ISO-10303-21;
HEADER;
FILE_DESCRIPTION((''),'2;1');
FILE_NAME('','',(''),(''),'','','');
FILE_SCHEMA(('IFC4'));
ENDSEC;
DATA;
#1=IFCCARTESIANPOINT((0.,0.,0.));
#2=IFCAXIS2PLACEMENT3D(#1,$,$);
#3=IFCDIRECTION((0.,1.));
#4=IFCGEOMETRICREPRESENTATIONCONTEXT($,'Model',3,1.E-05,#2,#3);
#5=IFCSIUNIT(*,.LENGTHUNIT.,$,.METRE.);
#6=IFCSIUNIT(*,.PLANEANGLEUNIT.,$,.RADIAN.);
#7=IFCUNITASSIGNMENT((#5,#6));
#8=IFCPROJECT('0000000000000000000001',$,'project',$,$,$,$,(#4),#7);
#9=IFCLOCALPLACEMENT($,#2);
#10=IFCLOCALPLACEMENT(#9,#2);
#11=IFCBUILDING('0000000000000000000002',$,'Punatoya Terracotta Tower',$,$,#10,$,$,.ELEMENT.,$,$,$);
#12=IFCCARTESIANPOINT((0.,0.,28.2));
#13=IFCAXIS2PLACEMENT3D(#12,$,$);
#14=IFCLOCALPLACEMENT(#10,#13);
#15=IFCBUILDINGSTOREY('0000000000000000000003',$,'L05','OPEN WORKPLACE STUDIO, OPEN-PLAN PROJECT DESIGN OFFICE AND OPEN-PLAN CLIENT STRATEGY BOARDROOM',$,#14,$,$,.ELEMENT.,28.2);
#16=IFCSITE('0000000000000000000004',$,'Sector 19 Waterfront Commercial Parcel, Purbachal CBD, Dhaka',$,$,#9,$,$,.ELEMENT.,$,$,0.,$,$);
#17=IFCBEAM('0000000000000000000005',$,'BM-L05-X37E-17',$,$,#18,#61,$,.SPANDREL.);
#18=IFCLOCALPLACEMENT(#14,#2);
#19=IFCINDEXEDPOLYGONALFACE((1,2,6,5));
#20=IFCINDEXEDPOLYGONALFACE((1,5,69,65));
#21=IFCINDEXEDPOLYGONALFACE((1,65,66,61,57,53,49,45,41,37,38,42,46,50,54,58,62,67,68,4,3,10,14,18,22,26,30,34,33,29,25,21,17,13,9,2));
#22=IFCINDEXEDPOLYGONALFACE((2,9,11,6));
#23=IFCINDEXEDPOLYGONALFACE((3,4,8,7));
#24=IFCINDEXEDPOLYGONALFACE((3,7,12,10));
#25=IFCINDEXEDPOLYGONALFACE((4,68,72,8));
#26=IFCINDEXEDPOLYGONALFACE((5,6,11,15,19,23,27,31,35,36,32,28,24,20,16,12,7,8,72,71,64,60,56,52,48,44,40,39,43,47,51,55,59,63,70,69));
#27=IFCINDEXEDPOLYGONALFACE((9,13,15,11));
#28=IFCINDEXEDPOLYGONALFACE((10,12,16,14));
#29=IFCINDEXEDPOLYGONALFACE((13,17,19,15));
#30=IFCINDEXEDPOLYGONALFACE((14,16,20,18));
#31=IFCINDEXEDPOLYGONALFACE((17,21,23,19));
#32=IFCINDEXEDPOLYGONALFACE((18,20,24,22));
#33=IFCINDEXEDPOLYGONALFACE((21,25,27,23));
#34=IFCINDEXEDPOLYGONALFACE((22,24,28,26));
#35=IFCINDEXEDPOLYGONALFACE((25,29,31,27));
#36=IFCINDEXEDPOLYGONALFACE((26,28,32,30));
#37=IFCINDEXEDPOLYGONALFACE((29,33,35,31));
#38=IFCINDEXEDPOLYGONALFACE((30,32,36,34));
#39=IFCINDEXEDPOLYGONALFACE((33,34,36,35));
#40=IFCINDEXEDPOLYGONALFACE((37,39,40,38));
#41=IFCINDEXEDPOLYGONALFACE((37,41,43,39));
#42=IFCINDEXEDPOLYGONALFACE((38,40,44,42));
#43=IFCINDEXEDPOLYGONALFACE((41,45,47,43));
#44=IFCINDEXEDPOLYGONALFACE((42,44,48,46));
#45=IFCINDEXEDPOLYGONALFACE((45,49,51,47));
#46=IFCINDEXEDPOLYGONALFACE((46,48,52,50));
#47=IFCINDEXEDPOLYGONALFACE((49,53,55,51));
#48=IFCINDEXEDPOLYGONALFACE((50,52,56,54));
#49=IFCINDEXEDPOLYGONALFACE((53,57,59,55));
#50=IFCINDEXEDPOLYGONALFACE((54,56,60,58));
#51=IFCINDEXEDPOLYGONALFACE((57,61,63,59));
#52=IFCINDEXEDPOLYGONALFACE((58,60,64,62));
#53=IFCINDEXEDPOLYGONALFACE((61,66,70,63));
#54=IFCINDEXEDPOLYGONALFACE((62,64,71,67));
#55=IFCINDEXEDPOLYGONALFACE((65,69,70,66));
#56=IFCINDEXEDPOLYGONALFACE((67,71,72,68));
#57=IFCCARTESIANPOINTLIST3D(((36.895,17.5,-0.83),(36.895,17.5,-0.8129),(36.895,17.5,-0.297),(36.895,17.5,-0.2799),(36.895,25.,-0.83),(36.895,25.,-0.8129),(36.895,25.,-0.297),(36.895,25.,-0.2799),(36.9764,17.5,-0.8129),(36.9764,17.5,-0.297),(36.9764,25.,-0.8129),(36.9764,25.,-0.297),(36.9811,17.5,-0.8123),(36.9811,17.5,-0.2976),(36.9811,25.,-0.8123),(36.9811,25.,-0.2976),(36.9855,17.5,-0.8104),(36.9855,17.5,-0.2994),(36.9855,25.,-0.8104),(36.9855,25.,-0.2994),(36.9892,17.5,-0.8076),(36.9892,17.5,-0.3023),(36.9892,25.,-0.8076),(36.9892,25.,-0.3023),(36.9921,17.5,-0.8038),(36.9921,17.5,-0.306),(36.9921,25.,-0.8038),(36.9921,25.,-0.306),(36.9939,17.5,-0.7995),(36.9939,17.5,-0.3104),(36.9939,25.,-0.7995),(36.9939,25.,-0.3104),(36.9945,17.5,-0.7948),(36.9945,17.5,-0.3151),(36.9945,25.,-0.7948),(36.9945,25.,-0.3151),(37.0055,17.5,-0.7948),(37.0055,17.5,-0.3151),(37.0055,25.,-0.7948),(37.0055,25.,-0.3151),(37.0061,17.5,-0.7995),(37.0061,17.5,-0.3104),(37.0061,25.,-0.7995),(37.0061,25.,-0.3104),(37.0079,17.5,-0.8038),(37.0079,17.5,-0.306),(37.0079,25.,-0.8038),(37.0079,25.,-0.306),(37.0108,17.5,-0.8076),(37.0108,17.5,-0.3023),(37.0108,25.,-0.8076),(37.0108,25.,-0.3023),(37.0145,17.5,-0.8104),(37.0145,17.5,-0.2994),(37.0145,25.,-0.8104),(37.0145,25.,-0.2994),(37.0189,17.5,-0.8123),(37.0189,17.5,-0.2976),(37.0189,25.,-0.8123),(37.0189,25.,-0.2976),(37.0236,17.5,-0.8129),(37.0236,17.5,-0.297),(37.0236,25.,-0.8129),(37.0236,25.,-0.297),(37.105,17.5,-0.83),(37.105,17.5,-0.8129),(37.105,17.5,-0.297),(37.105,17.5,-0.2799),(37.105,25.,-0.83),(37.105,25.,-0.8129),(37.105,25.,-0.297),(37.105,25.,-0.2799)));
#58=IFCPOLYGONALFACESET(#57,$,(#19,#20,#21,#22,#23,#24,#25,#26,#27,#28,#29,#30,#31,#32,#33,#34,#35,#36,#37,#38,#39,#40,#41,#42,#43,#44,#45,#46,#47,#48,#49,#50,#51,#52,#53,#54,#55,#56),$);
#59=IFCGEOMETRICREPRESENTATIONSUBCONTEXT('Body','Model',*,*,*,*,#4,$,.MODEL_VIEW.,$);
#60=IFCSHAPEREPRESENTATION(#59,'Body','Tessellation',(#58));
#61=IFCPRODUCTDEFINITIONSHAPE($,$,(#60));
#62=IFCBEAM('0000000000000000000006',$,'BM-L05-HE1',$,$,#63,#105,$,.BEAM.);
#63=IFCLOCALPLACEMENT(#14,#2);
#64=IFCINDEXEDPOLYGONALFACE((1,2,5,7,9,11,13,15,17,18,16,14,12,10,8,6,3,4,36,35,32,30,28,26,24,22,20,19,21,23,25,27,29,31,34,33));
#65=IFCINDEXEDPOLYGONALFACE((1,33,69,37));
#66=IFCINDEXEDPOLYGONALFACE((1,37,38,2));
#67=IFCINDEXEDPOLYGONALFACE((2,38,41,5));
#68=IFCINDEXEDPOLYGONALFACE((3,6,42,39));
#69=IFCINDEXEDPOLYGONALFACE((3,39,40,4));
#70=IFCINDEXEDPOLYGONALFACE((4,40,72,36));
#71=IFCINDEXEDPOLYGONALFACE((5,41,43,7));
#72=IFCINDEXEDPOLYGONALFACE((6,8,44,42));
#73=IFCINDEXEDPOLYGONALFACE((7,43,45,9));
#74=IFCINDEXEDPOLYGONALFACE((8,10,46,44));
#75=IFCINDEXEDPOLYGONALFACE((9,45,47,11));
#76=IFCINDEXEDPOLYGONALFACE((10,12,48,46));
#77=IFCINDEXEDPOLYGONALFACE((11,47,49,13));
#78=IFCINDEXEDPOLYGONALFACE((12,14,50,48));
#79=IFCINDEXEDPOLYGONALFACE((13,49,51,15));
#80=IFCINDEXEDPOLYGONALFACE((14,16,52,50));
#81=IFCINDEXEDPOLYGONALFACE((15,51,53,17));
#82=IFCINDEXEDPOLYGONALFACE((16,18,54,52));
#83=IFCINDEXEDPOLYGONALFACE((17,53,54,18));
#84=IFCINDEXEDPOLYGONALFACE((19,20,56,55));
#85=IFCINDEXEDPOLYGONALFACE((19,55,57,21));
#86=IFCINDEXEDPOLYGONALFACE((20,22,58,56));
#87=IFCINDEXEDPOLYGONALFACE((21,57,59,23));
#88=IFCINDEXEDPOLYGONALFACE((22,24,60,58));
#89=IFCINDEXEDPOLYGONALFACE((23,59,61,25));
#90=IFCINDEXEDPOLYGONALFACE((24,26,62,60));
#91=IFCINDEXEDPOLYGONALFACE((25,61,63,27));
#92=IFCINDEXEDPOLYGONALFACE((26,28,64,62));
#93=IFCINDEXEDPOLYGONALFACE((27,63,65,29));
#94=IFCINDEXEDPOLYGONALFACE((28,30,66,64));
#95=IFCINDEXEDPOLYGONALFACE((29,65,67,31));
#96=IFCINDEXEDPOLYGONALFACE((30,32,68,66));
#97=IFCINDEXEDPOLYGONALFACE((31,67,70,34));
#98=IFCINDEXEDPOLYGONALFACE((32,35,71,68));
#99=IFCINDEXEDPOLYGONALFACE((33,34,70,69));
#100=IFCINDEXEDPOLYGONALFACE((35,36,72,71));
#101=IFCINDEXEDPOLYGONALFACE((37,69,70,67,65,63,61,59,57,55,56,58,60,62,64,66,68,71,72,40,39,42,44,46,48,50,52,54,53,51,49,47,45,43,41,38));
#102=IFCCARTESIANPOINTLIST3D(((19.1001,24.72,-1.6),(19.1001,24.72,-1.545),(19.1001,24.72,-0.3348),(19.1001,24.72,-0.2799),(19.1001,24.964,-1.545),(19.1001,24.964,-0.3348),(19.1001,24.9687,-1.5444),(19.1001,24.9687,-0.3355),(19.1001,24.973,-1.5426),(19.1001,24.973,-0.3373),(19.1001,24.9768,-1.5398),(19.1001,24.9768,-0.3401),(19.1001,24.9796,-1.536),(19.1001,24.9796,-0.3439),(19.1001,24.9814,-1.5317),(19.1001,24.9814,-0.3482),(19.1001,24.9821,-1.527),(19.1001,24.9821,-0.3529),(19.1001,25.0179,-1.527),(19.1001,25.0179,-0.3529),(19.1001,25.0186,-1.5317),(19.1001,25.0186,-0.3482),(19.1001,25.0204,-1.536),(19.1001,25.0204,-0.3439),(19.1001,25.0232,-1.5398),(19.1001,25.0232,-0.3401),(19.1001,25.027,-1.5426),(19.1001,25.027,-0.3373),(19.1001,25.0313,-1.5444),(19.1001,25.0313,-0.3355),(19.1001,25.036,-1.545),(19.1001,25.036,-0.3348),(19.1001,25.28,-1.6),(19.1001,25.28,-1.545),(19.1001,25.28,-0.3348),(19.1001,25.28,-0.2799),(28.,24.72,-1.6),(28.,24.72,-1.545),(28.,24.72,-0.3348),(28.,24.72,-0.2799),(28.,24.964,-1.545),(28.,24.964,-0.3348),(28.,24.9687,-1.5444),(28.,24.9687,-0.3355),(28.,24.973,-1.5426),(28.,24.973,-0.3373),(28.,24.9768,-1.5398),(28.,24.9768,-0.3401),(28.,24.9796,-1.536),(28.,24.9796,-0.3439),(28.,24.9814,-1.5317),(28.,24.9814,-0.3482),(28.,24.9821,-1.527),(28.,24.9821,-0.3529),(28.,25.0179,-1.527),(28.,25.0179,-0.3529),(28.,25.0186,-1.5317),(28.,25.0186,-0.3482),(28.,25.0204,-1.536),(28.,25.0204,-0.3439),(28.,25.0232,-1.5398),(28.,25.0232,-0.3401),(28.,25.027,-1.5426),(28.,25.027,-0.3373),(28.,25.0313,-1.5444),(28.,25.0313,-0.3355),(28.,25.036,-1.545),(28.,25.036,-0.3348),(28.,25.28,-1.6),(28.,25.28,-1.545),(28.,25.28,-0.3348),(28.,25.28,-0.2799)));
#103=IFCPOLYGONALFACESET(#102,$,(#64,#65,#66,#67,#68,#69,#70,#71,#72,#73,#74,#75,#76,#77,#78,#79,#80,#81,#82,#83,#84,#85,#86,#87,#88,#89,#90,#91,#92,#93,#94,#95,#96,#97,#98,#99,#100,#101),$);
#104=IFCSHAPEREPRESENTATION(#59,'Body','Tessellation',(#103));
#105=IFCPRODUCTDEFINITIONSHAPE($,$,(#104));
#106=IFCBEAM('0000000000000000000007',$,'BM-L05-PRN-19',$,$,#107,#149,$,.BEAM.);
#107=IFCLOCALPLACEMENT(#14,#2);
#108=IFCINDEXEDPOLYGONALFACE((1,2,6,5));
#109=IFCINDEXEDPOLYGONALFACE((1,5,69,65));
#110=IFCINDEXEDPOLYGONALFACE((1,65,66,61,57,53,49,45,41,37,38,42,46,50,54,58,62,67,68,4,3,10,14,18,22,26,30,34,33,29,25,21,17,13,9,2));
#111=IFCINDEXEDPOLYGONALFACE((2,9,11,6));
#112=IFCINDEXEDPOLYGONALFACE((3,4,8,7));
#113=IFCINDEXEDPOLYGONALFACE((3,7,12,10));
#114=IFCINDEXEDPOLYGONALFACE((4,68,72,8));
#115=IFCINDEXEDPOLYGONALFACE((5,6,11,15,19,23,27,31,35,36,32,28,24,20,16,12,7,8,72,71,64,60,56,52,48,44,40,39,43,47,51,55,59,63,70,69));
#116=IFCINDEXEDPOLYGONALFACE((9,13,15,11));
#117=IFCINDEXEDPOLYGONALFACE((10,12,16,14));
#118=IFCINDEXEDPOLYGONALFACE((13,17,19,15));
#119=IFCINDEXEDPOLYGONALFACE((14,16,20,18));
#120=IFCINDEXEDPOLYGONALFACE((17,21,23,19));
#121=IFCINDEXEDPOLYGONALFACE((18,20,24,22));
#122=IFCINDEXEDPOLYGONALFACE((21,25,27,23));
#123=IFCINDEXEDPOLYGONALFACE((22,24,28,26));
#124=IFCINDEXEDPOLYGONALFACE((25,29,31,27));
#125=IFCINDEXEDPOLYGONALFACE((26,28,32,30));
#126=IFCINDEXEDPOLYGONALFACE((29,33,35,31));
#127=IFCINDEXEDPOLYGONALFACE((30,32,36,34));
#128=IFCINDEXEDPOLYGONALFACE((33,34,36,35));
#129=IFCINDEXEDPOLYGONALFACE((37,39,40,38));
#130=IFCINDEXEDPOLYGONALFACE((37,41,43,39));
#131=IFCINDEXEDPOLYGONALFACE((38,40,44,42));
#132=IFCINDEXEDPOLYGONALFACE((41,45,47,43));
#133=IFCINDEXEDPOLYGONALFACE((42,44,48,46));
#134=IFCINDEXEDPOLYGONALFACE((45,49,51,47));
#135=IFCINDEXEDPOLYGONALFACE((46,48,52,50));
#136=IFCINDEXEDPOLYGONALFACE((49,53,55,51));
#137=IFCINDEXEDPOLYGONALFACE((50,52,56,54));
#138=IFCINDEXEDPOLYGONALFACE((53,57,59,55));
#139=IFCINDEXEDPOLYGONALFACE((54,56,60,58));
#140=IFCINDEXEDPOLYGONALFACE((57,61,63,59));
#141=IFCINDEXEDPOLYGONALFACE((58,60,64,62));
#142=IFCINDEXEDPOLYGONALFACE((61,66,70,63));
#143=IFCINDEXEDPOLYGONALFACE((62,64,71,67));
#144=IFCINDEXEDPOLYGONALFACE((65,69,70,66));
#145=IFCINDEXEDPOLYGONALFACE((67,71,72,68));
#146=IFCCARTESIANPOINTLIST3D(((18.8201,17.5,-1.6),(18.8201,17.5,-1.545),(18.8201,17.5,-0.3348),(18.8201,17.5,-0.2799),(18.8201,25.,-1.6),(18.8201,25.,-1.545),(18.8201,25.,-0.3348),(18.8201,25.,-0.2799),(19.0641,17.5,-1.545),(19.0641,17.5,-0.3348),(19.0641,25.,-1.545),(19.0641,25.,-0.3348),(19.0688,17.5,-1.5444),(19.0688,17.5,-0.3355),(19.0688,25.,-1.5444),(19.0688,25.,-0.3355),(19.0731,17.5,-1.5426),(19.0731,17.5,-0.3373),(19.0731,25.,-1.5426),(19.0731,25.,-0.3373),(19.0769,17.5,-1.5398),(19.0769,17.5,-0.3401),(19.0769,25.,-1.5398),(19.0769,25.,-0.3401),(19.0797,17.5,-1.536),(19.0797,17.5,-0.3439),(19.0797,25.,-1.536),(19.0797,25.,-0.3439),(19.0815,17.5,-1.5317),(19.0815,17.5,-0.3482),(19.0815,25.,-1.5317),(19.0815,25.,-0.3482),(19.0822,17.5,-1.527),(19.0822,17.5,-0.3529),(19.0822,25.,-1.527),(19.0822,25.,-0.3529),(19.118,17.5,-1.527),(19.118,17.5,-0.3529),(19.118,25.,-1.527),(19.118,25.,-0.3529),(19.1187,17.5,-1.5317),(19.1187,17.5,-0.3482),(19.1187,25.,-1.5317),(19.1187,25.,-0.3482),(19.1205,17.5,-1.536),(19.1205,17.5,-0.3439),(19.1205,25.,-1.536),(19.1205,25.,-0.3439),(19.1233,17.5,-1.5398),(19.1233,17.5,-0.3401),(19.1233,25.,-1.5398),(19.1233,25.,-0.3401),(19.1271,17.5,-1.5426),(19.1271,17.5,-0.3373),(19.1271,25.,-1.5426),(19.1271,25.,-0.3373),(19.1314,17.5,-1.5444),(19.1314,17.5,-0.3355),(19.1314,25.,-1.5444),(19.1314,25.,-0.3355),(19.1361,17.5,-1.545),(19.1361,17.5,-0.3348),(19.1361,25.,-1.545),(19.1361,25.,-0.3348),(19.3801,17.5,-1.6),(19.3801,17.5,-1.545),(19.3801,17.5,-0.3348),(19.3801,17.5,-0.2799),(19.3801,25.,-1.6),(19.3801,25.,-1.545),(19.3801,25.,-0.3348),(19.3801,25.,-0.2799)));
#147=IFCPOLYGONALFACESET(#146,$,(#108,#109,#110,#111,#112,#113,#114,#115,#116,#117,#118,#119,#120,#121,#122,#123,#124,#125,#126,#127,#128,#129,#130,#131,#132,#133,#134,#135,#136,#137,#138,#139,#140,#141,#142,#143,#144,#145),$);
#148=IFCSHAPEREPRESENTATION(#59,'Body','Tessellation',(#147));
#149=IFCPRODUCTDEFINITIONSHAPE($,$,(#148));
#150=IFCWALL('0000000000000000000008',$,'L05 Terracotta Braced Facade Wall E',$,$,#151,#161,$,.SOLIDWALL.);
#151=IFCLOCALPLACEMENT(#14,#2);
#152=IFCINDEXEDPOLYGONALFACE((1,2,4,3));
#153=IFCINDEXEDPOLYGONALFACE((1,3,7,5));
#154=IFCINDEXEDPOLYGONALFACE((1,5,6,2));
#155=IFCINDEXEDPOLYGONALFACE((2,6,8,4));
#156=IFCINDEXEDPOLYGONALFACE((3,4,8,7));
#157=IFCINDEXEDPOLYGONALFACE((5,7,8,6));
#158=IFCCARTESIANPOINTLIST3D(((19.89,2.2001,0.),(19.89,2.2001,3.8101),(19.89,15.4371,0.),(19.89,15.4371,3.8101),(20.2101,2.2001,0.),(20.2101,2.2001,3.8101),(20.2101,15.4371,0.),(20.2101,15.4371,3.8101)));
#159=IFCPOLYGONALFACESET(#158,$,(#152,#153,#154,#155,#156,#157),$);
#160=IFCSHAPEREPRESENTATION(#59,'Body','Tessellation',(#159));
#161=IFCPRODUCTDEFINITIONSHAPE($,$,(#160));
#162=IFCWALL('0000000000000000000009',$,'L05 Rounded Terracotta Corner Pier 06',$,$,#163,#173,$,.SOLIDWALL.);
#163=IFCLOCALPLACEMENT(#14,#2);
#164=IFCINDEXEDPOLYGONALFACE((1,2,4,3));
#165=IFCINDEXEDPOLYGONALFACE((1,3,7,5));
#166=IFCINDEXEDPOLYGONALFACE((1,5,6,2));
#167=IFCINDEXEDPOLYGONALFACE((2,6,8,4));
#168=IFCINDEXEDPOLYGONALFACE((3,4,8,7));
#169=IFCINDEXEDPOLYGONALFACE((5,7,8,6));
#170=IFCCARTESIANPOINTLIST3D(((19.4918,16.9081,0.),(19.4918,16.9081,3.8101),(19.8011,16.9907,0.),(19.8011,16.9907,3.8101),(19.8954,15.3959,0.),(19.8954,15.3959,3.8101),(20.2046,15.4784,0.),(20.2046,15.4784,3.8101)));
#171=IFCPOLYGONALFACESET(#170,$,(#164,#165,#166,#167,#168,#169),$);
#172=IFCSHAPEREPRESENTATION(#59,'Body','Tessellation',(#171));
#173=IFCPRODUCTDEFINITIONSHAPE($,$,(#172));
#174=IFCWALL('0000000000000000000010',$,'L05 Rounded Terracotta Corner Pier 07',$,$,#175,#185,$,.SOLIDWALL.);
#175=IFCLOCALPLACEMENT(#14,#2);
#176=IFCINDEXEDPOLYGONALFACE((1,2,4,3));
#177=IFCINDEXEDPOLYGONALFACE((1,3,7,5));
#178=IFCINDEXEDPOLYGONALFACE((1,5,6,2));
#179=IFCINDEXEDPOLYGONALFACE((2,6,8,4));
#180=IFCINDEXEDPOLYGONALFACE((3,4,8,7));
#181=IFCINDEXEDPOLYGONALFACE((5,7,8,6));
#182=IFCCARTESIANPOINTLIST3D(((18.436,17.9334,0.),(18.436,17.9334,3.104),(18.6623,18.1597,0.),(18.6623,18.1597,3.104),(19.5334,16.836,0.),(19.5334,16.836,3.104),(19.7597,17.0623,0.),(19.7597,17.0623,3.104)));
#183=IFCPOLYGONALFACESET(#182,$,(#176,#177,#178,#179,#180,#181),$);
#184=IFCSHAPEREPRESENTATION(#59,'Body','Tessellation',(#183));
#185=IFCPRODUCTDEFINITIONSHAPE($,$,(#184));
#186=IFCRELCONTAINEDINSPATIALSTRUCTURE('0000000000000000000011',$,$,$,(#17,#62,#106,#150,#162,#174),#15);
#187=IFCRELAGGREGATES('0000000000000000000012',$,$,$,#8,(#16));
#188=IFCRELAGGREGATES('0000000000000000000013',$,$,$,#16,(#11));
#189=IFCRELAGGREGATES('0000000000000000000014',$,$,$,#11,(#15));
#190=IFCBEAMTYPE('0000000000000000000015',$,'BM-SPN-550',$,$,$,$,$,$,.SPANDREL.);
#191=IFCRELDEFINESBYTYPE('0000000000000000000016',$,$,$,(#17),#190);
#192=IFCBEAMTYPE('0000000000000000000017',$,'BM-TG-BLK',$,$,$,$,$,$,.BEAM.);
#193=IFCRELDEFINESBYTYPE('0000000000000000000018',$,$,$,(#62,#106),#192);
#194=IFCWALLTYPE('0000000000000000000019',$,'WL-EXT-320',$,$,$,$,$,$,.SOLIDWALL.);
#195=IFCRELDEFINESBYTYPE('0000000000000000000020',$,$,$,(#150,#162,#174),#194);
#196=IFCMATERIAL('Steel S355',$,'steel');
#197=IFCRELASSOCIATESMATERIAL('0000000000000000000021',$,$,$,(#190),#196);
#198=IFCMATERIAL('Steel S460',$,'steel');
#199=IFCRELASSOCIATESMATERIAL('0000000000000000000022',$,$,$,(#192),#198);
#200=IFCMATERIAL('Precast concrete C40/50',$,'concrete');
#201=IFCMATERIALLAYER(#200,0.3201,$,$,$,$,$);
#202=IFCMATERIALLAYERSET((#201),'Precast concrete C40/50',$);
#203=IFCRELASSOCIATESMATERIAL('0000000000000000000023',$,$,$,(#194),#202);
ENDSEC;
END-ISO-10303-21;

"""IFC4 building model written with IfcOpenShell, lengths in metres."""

from ifc_helpers import new_model, si_unit, direction, frame, frame_2d, origin, origin_2d, place, context, subcontext, project, spatial, rectangle, i_section, extrude, material, layer, layer_set, material_profile, profile_set, type_object, element, save


model = new_model("IFC4")

# Units and contexts
model_context = context("Model", 3, precision=1e-05, world=origin(), true_north=direction((0.0, 1.0)))
body_context = subcontext(model_context, "Body", "Model", "MODEL_VIEW")
ifc_project = project(units=[si_unit("LENGTHUNIT", "METRE"), si_unit("PLANEANGLEUNIT", "RADIAN")], contexts=[model_context])

# Site, building, storey
site_placement = place(None, origin())
site = spatial("IfcSite", under=ifc_project, at=site_placement, Name="Sector 19 Waterfront Commercial Parcel, Purbachal CBD, Dhaka", CompositionType="ELEMENT", RefElevation=0.0)
building_placement = place(site_placement, origin())
building = spatial("IfcBuilding", under=site, at=building_placement, Name="Punatoya Terracotta Tower", CompositionType="ELEMENT")
storey_placement = place(building_placement, frame((0.0, 0.0, 28.2)))
storey = spatial("IfcBuildingStorey", under=building, at=storey_placement, Name="L05", Description="OPEN WORKPLACE STUDIO, OPEN-PLAN PROJECT DESIGN OFFICE AND OPEN-PLAN CLIENT STRATEGY BOARDROOM", CompositionType="ELEMENT", Elevation=28.2)

# Beams
ifc_material_1 = material(Name="Steel S355", Category="steel")
ifc_material_profile_1 = material_profile(ifc_material_1, i_section(OverallWidth=0.21, OverallDepth=0.55, WebThickness=0.011, FlangeThickness=0.0171, FilletRadius=0.0181, at=origin_2d()))
ifc_profile_set_1 = profile_set([ifc_material_profile_1], Name="Steel S355")
beam_type_1 = type_object("IfcBeamType", Name="BM-SPN-550", PredefinedType="SPANDREL", material=ifc_profile_set_1)
beam_1_placement = place(storey_placement, frame((37.0, 17.5, -0.5549), z_axis=(0.0, 1.0, 0.0), x_axis=(-1.0, 0.0, 0.0)))
element("IfcBeam", 1, at=beam_1_placement, inside=storey, type_object=beam_type_1, Name="BM-L05-X37E-17", PredefinedType="SPANDREL", context=body_context, shape_type="SweptSolid", body=[
    extrude(i_section(OverallWidth=0.21, OverallDepth=0.55, WebThickness=0.011, FlangeThickness=0.0171, FilletRadius=0.0181, at=origin_2d()), origin(), (0.0, 0.0, 1.0), 7.5),
])
ifc_material_2 = material(Name="Steel S460", Category="steel")
ifc_material_profile_2 = material_profile(ifc_material_2, i_section(OverallWidth=0.5601, OverallDepth=1.3201, WebThickness=0.0359, FlangeThickness=0.0549, FilletRadius=0.0181, at=origin_2d()))
ifc_profile_set_2 = profile_set([ifc_material_profile_2], Name="Steel S460")
beam_type_2 = type_object("IfcBeamType", Name="BM-TG-BLK", PredefinedType="BEAM", material=ifc_profile_set_2)
beam_2_placement = place(storey_placement, frame((19.1001, 25.0, -0.9399), z_axis=(1.0, 0.0, 0.0), x_axis=(0.0, 1.0, 0.0)))
element("IfcBeam", 2, at=beam_2_placement, inside=storey, type_object=beam_type_2, Name="BM-L05-HE1", PredefinedType="BEAM", context=body_context, shape_type="SweptSolid", body=[
    extrude(i_section(OverallWidth=0.5601, OverallDepth=1.3201, WebThickness=0.0359, FlangeThickness=0.0549, FilletRadius=0.0181, at=origin_2d()), origin(), (0.0, 0.0, 1.0), 8.8999),
])
beam_3_placement = place(storey_placement, frame((19.1001, 17.5, -0.9399), z_axis=(0.0, 1.0, 0.0), x_axis=(-1.0, 0.0, 0.0)))
element("IfcBeam", 3, at=beam_3_placement, inside=storey, type_object=beam_type_2, Name="BM-L05-PRN-19", PredefinedType="BEAM", context=body_context, shape_type="SweptSolid", body=[
    extrude(i_section(OverallWidth=0.5601, OverallDepth=1.3201, WebThickness=0.0359, FlangeThickness=0.0549, FilletRadius=0.0181, at=origin_2d()), origin(), (0.0, 0.0, 1.0), 7.5),
])

# Walls
ifc_material_3 = material(Name="Precast concrete C40/50", Category="concrete")
ifc_layer_1 = layer(ifc_material_3, 0.3201)
ifc_layer_set_1 = layer_set([ifc_layer_1], Name="Precast concrete C40/50")
wall_type_1 = type_object("IfcWallType", Name="WL-EXT-320", PredefinedType="SOLIDWALL", material=ifc_layer_set_1)
wall_1_placement = place(storey_placement, frame((20.05, 2.2, 0.0), z_axis=(0.0, 0.0, 1.0), x_axis=(0.0, 1.0, 0.0)))
element("IfcWall", 4, at=wall_1_placement, inside=storey, type_object=wall_type_1, Name="L05 Terracotta Braced Facade Wall E", PredefinedType="SOLIDWALL", context=body_context, shape_type="SweptSolid", body=[
    extrude(rectangle(XDim=13.2371, YDim=0.3201, at=frame_2d((6.6187, 0.0))), origin(), (0.0, 0.0, 1.0), 3.8101),
])
wall_2_placement = place(storey_placement, frame((20.05, 15.437, 0.0), z_axis=(0.0, 0.0, 1.0), x_axis=(-0.257847, 0.966186, 0.0)))
element("IfcWall", 5, at=wall_2_placement, inside=storey, type_object=wall_type_1, Name="L05 Rounded Terracotta Corner Pier 06", PredefinedType="SOLIDWALL", context=body_context, shape_type="SweptSolid", body=[
    extrude(rectangle(XDim=1.5652, YDim=0.3201, at=frame_2d((0.7827, 0.0))), origin(), (0.0, 0.0, 1.0), 3.8101),
])
wall_3_placement = place(storey_placement, frame((19.6465, 16.9492, 0.0), z_axis=(0.0, 0.0, 1.0), x_axis=(-0.707107, 0.707107, 0.0)))
element("IfcWall", 6, at=wall_3_placement, inside=storey, type_object=wall_type_1, Name="L05 Rounded Terracotta Corner Pier 07", PredefinedType="SOLIDWALL", context=body_context, shape_type="SweptSolid", body=[
    extrude(rectangle(XDim=1.552, YDim=0.3201, at=frame_2d((0.7759, 0.0))), origin(), (0.0, 0.0, 1.0), 3.104),
])

save(model, "model.ifc")
